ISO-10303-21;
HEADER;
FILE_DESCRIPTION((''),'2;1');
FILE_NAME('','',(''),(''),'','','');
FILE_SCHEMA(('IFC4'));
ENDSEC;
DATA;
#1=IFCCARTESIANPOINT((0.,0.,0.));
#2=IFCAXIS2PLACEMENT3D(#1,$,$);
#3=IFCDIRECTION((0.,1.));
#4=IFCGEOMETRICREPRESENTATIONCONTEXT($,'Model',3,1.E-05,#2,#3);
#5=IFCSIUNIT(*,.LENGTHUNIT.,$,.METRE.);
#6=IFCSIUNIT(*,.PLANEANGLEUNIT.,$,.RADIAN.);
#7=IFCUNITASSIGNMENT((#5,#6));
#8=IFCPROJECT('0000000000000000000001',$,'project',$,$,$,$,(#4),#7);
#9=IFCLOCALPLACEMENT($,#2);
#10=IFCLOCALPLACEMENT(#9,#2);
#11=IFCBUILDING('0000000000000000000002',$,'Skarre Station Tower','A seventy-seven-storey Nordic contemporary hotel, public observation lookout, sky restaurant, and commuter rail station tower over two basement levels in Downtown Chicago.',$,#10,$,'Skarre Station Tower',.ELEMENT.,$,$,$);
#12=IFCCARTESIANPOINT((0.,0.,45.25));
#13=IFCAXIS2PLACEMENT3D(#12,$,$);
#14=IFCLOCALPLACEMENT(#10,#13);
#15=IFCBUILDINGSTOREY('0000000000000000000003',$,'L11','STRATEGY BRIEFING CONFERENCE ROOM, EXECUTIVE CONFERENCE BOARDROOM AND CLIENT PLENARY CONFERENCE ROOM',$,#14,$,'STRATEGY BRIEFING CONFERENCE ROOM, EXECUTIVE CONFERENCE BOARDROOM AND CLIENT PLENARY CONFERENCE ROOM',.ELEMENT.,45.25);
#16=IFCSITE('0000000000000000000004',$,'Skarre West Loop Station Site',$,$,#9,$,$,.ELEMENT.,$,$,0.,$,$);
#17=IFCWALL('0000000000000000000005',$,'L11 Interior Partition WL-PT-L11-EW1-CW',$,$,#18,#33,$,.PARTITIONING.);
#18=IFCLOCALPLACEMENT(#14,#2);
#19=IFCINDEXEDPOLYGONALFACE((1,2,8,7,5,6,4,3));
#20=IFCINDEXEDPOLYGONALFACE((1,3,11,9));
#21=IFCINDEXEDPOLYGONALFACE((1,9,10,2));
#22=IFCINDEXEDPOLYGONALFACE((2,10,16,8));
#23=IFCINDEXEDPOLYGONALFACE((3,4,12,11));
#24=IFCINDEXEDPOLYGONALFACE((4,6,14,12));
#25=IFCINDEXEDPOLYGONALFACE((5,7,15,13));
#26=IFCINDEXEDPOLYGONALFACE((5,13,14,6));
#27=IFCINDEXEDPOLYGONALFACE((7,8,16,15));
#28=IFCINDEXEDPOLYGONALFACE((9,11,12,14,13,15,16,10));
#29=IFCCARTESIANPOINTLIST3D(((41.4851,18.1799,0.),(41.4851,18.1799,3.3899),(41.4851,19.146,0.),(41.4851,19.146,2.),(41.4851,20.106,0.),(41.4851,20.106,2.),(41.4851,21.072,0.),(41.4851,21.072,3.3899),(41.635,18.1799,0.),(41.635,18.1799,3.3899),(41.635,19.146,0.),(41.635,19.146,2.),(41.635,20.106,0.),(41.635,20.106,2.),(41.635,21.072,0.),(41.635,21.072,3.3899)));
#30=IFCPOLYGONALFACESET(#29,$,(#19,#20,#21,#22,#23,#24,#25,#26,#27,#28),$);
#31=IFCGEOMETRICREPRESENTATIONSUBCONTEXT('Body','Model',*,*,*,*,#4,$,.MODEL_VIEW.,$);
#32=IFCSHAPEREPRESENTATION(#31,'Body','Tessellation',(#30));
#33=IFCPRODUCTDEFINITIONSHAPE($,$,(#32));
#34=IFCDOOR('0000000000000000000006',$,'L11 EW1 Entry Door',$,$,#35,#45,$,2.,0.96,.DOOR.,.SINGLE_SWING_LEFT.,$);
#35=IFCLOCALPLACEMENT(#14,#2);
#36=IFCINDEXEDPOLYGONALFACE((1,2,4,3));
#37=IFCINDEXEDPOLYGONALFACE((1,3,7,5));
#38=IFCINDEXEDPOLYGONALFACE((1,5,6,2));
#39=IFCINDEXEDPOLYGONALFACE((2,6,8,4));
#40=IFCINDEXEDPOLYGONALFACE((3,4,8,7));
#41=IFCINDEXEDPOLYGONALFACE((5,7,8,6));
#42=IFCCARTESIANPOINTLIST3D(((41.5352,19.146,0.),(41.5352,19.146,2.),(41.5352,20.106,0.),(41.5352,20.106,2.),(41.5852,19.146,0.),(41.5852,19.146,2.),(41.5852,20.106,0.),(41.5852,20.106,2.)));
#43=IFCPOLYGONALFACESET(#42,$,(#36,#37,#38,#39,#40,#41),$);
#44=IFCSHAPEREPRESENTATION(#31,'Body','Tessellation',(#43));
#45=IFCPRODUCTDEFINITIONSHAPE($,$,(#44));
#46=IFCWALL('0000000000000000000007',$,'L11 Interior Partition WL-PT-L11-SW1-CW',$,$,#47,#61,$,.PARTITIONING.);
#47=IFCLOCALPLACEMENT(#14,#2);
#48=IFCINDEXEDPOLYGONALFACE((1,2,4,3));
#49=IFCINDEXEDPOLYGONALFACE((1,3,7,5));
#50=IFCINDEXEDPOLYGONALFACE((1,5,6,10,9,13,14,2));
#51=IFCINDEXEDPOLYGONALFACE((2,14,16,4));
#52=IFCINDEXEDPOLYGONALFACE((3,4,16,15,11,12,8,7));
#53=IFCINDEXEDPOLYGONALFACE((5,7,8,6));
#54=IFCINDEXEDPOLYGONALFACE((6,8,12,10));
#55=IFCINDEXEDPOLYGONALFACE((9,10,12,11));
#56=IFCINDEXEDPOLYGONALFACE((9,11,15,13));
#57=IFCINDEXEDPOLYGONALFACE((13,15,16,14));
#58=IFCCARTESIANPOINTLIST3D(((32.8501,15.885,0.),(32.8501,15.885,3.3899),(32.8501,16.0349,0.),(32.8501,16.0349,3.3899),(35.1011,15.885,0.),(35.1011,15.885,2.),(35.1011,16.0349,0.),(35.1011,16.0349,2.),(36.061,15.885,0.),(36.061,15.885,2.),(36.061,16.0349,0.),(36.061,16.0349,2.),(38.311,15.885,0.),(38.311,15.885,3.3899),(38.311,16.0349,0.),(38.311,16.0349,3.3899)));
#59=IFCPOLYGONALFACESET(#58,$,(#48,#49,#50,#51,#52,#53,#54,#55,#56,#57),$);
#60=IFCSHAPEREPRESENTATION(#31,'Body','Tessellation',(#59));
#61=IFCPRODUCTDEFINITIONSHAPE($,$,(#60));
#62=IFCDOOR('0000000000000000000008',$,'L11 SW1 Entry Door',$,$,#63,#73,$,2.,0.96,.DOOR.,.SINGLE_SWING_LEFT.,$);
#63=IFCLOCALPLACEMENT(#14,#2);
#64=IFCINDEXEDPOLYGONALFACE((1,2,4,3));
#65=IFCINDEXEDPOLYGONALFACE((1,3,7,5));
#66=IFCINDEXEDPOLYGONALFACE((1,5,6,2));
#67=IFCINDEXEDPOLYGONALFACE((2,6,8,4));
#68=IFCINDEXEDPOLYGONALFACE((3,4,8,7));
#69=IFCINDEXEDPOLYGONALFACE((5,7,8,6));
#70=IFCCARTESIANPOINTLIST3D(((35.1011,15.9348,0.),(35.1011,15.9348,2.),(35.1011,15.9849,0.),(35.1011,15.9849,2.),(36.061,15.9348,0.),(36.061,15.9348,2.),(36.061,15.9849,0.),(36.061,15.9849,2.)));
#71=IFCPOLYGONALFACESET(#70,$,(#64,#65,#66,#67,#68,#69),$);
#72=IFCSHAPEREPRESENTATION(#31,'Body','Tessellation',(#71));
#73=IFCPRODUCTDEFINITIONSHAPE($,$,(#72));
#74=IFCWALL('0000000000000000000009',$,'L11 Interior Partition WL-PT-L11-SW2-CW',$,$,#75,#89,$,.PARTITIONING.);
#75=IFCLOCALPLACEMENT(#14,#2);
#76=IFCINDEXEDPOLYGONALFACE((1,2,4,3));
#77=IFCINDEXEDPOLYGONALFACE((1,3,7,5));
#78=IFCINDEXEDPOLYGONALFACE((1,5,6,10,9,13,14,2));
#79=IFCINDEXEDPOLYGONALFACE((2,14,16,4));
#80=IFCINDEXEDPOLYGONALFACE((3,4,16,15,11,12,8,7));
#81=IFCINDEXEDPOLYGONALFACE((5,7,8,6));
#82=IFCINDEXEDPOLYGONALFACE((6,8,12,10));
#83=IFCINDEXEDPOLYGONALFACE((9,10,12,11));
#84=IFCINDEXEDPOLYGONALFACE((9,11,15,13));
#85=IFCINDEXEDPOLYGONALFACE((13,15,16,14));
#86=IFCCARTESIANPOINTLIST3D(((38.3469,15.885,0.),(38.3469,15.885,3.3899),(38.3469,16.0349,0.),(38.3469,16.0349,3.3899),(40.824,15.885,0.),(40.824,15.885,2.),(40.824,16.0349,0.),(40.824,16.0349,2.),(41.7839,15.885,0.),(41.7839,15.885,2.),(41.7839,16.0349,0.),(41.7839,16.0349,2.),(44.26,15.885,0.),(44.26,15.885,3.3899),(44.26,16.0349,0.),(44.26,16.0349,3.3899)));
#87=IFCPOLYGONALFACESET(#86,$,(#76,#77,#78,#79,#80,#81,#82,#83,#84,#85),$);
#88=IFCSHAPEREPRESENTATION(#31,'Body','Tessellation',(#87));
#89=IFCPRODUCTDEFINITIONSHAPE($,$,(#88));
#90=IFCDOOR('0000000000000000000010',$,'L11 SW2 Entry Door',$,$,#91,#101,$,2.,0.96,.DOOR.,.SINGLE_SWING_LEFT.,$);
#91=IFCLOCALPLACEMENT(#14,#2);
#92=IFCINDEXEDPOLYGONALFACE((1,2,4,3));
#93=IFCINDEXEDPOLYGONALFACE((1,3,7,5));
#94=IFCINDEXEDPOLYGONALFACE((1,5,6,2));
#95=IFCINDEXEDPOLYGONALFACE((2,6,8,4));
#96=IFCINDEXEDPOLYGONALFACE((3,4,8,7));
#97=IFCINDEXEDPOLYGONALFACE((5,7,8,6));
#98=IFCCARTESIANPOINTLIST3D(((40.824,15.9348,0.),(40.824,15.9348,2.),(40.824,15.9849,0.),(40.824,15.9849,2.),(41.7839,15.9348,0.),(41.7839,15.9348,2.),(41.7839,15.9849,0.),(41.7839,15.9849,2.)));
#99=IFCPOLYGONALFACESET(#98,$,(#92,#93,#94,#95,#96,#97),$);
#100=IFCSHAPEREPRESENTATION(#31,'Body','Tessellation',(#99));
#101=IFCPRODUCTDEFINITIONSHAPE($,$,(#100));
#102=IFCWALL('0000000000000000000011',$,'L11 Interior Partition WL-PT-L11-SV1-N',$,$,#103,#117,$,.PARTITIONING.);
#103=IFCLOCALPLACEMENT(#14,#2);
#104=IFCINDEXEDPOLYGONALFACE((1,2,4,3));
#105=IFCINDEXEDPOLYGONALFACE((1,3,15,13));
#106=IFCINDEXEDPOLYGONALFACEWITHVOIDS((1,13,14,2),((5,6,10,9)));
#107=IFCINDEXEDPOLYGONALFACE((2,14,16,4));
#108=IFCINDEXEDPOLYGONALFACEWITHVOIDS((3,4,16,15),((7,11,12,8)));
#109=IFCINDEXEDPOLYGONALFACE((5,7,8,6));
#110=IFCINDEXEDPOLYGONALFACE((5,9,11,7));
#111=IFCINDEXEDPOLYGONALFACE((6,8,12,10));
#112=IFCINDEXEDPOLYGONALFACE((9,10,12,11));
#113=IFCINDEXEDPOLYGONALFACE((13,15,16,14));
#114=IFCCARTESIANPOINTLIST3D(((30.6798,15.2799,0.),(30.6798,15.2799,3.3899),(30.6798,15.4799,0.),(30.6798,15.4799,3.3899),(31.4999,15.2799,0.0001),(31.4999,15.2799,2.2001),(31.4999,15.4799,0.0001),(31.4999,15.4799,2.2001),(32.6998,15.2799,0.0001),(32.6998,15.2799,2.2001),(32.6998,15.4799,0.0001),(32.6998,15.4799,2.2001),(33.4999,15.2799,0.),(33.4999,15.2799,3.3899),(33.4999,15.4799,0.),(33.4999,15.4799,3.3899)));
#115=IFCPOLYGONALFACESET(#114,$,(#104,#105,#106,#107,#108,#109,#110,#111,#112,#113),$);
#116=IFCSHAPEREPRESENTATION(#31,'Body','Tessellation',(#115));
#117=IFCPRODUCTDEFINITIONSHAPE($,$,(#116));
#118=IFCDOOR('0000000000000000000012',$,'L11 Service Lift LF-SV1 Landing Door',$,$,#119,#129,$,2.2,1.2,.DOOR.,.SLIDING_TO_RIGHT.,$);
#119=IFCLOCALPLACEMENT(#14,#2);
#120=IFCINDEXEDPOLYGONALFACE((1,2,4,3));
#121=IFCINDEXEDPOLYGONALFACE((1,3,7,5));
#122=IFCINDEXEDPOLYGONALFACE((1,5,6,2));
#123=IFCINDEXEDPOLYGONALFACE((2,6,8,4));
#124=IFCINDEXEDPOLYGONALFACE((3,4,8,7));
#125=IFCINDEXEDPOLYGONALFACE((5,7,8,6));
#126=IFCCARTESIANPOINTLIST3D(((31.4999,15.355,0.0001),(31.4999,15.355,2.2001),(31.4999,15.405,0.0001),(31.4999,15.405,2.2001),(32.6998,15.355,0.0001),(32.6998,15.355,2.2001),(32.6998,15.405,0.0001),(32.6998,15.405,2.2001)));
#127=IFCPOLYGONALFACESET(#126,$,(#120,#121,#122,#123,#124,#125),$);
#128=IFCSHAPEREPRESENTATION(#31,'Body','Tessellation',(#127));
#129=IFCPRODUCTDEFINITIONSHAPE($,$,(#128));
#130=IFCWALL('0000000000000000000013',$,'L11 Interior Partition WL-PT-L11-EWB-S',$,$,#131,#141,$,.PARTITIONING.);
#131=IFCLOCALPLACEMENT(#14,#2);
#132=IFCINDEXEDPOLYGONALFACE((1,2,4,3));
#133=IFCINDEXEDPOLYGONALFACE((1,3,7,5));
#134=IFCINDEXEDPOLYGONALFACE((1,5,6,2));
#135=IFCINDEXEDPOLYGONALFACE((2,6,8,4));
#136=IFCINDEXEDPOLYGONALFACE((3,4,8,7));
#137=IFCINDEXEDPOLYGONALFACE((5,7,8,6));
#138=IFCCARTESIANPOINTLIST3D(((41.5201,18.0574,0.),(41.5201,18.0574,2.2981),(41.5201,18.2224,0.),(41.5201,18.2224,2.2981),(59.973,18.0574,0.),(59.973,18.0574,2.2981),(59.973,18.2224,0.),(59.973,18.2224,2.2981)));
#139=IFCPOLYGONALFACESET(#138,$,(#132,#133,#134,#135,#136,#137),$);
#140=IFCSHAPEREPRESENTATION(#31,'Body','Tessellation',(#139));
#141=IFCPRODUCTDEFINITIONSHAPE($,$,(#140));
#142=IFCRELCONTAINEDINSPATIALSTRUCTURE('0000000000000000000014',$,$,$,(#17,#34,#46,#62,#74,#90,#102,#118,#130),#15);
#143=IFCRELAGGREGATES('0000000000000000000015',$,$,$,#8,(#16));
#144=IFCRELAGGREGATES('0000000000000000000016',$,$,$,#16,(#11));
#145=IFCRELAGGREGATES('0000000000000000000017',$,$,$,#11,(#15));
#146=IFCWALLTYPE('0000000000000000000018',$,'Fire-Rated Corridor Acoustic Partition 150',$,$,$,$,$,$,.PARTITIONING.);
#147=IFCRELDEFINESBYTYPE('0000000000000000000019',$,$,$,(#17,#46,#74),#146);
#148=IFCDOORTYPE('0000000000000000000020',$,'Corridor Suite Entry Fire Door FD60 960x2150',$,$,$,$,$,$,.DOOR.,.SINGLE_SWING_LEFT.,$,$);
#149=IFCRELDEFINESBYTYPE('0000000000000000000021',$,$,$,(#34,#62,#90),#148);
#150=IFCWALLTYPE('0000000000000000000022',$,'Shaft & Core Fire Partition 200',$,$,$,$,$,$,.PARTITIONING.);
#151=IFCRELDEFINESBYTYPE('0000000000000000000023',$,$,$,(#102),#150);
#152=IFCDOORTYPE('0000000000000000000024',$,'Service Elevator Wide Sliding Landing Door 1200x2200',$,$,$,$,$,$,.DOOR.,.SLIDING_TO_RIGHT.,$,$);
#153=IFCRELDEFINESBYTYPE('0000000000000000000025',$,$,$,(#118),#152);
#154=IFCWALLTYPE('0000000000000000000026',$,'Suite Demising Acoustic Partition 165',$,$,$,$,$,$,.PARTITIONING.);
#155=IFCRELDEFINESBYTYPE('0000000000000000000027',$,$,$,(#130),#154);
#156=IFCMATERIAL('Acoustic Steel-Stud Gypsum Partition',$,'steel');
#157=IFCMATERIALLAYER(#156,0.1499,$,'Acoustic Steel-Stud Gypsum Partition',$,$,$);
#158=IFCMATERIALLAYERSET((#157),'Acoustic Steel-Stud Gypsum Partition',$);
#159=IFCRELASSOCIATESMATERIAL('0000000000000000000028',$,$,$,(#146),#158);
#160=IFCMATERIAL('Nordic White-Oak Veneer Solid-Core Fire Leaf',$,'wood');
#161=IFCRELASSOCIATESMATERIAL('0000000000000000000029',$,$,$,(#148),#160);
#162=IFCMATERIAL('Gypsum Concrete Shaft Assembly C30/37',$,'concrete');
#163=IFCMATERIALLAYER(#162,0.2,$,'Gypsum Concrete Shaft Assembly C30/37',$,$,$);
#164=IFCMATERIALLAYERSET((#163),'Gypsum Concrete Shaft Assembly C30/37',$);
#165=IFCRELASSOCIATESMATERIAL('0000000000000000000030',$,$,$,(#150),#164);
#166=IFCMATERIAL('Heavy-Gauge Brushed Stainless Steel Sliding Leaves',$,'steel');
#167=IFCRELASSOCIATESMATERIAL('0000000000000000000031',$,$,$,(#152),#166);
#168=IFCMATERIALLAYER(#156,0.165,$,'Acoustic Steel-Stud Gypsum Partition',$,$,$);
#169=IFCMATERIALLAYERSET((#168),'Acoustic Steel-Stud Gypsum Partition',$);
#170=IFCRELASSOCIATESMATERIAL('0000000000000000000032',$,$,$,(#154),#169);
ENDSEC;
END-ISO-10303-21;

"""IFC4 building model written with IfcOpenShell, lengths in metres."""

from ifc_helpers import new_model, si_unit, direction, frame, frame_2d, origin, place, context, subcontext, project, spatial, rectangle, extrude, material, layer, layer_set, type_object, element, fill, save


model = new_model("IFC4")

# Units and contexts
model_context = context("Model", 3, precision=1e-05, world=origin(), true_north=direction((0.0, 1.0)))
body_context = subcontext(model_context, "Body", "Model", "MODEL_VIEW")
ifc_project = project(units=[si_unit("LENGTHUNIT", "METRE"), si_unit("PLANEANGLEUNIT", "RADIAN")], contexts=[model_context])

# Site, building, storey
site_placement = place(None, origin())
site = spatial("IfcSite", under=ifc_project, at=site_placement, Name="Skarre West Loop Station Site", CompositionType="ELEMENT", RefElevation=0.0)
building_placement = place(site_placement, origin())
building = spatial("IfcBuilding", under=site, at=building_placement, Name="Skarre Station Tower", Description="A seventy-seven-storey Nordic contemporary hotel, public observation lookout, sky restaurant, and commuter rail station tower over two basement levels in Downtown Chicago.", LongName="Skarre Station Tower", CompositionType="ELEMENT")
storey_placement = place(building_placement, frame((0.0, 0.0, 45.25)))
storey = spatial("IfcBuildingStorey", under=building, at=storey_placement, Name="L11", Description="STRATEGY BRIEFING CONFERENCE ROOM, EXECUTIVE CONFERENCE BOARDROOM AND CLIENT PLENARY CONFERENCE ROOM", LongName="STRATEGY BRIEFING CONFERENCE ROOM, EXECUTIVE CONFERENCE BOARDROOM AND CLIENT PLENARY CONFERENCE ROOM", CompositionType="ELEMENT", Elevation=45.25)

# Shared definitions
ifc_material_1 = material(Name="Acoustic Steel-Stud Gypsum Partition", Category="steel")
ifc_layer_1 = layer(ifc_material_1, 0.1499, Name="Acoustic Steel-Stud Gypsum Partition")
ifc_layer_set_1 = layer_set([ifc_layer_1], Name="Acoustic Steel-Stud Gypsum Partition")
wall_type_1 = type_object("IfcWallType", Name="Fire-Rated Corridor Acoustic Partition 150", PredefinedType="PARTITIONING", material=ifc_layer_set_1)

# Walls, openings, doors
wall_1_placement = place(storey_placement, frame((41.5601, 18.1799, 0.0), z_axis=(0.0, 0.0, 1.0), x_axis=(0.0, 1.0, 0.0)))
wall_1 = element("IfcWall", 1, at=wall_1_placement, inside=storey, type_object=wall_type_1, Name="L11 Interior Partition WL-PT-L11-EW1-CW", PredefinedType="PARTITIONING", context=body_context, shape_type="SweptSolid", body=[
    extrude(rectangle(XDim=2.8921, YDim=0.1499, at=frame_2d((1.446, 0.0))), origin(), (0.0, 0.0, 1.0), 3.3899),
])
opening_1_placement = place(wall_1_placement, frame((0.9661, 0.0, 0.0)))
opening_1 = element("IfcOpeningElement", 2, at=opening_1_placement, cuts=wall_1, PredefinedType="OPENING", context=body_context, shape_type="SweptSolid", body=[
    extrude(rectangle(XDim=0.96, YDim=2.0, at=frame_2d((0.48, 1.0))), frame((0.0, 0.085, 0.0), z_axis=(0.0, -1.0, 0.0), x_axis=(1.0, 0.0, 0.0)), (0.0, 0.0, 1.0), 0.1699),
])
ifc_material_2 = material(Name="Nordic White-Oak Veneer Solid-Core Fire Leaf", Category="wood")
door_type_1 = type_object("IfcDoorType", Name="Corridor Suite Entry Fire Door FD60 960x2150", OperationType="SINGLE_SWING_LEFT", PredefinedType="DOOR", material=ifc_material_2)
door_1_placement = place(opening_1_placement, origin())
door_1 = element("IfcDoor", 3, at=door_1_placement, inside=storey, type_object=door_type_1, Name="L11 EW1 Entry Door", OperationType="SINGLE_SWING_LEFT", OverallHeight=2.0, OverallWidth=0.96, PredefinedType="DOOR", context=body_context, shape_type="SweptSolid", body=[
    extrude(rectangle(XDim=0.96, YDim=2.0, at=frame_2d((0.48, 1.0))), frame((0.0, 0.0249, 0.0), z_axis=(0.0, -1.0, 0.0), x_axis=(1.0, 0.0, 0.0)), (0.0, 0.0, 1.0), 0.05),
])
fill(opening_1, door_1)
wall_2_placement = place(storey_placement, frame((32.8501, 15.96, 0.0), z_axis=(0.0, 0.0, 1.0), x_axis=(1.0, 0.0, 0.0)))
wall_2 = element("IfcWall", 4, at=wall_2_placement, inside=storey, type_object=wall_type_1, Name="L11 Interior Partition WL-PT-L11-SW1-CW", PredefinedType="PARTITIONING", context=body_context, shape_type="SweptSolid", body=[
    extrude(rectangle(XDim=5.4609, YDim=0.1499, at=frame_2d((2.7305, 0.0))), origin(), (0.0, 0.0, 1.0), 3.3899),
])
opening_2_placement = place(wall_2_placement, frame((2.251, 0.0, 0.0)))
opening_2 = element("IfcOpeningElement", 5, at=opening_2_placement, cuts=wall_2, PredefinedType="OPENING", context=body_context, shape_type="SweptSolid", body=[
    extrude(rectangle(XDim=0.96, YDim=2.0, at=frame_2d((0.48, 1.0))), frame((0.0, 0.085, 0.0), z_axis=(0.0, -1.0, 0.0), x_axis=(1.0, 0.0, 0.0)), (0.0, 0.0, 1.0), 0.1699),
])
door_2_placement = place(opening_2_placement, origin())
door_2 = element("IfcDoor", 6, at=door_2_placement, inside=storey, type_object=door_type_1, Name="L11 SW1 Entry Door", OperationType="SINGLE_SWING_LEFT", OverallHeight=2.0, OverallWidth=0.96, PredefinedType="DOOR", context=body_context, shape_type="SweptSolid", body=[
    extrude(rectangle(XDim=0.96, YDim=2.0, at=frame_2d((0.48, 1.0))), frame((0.0, 0.0249, 0.0), z_axis=(0.0, -1.0, 0.0), x_axis=(1.0, 0.0, 0.0)), (0.0, 0.0, 1.0), 0.05),
])
fill(opening_2, door_2)
wall_3_placement = place(storey_placement, frame((38.3469, 15.96, 0.0), z_axis=(0.0, 0.0, 1.0), x_axis=(1.0, 0.0, 0.0)))
wall_3 = element("IfcWall", 7, at=wall_3_placement, inside=storey, type_object=wall_type_1, Name="L11 Interior Partition WL-PT-L11-SW2-CW", PredefinedType="PARTITIONING", context=body_context, shape_type="SweptSolid", body=[
    extrude(rectangle(XDim=5.9131, YDim=0.1499, at=frame_2d((2.9565, 0.0))), origin(), (0.0, 0.0, 1.0), 3.3899),
])
opening_3_placement = place(wall_3_placement, frame((2.4771, 0.0, 0.0)))
opening_3 = element("IfcOpeningElement", 8, at=opening_3_placement, cuts=wall_3, PredefinedType="OPENING", context=body_context, shape_type="SweptSolid", body=[
    extrude(rectangle(XDim=0.96, YDim=2.0, at=frame_2d((0.48, 1.0))), frame((0.0, 0.085, 0.0), z_axis=(0.0, -1.0, 0.0), x_axis=(1.0, 0.0, 0.0)), (0.0, 0.0, 1.0), 0.1699),
])
door_3_placement = place(opening_3_placement, origin())
door_3 = element("IfcDoor", 9, at=door_3_placement, inside=storey, type_object=door_type_1, Name="L11 SW2 Entry Door", OperationType="SINGLE_SWING_LEFT", OverallHeight=2.0, OverallWidth=0.96, PredefinedType="DOOR", context=body_context, shape_type="SweptSolid", body=[
    extrude(rectangle(XDim=0.96, YDim=2.0, at=frame_2d((0.48, 1.0))), frame((0.0, 0.0249, 0.0), z_axis=(0.0, -1.0, 0.0), x_axis=(1.0, 0.0, 0.0)), (0.0, 0.0, 1.0), 0.05),
])
fill(opening_3, door_3)
ifc_material_3 = material(Name="Gypsum Concrete Shaft Assembly C30/37", Category="concrete")
ifc_layer_2 = layer(ifc_material_3, 0.2, Name="Gypsum Concrete Shaft Assembly C30/37")
ifc_layer_set_2 = layer_set([ifc_layer_2], Name="Gypsum Concrete Shaft Assembly C30/37")
wall_type_2 = type_object("IfcWallType", Name="Shaft & Core Fire Partition 200", PredefinedType="PARTITIONING", material=ifc_layer_set_2)
wall_4_placement = place(storey_placement, frame((33.5, 15.3799, 0.0), z_axis=(0.0, 0.0, 1.0), x_axis=(-1.0, 0.0, 0.0)))
wall_4 = element("IfcWall", 10, at=wall_4_placement, inside=storey, type_object=wall_type_2, Name="L11 Interior Partition WL-PT-L11-SV1-N", PredefinedType="PARTITIONING", context=body_context, shape_type="SweptSolid", body=[
    extrude(rectangle(XDim=2.8201, YDim=0.2, at=frame_2d((1.4102, 0.0))), origin(), (0.0, 0.0, 1.0), 3.3899),
])
opening_4_placement = place(wall_4_placement, frame((0.8, 0.0, 0.0)))
opening_4 = element("IfcOpeningElement", 11, at=opening_4_placement, cuts=wall_4, PredefinedType="OPENING", context=body_context, shape_type="SweptSolid", body=[
    extrude(rectangle(XDim=1.2, YDim=2.2, at=frame_2d((0.6001, 1.1001))), frame((0.0, 0.1099, 0.0), z_axis=(0.0, -1.0, 0.0), x_axis=(1.0, 0.0, 0.0)), (0.0, 0.0, 1.0), 0.22),
])
ifc_material_4 = material(Name="Heavy-Gauge Brushed Stainless Steel Sliding Leaves", Category="steel")
door_type_2 = type_object("IfcDoorType", Name="Service Elevator Wide Sliding Landing Door 1200x2200", OperationType="SLIDING_TO_RIGHT", PredefinedType="DOOR", material=ifc_material_4)
door_4_placement = place(opening_4_placement, origin())
door_4 = element("IfcDoor", 12, at=door_4_placement, inside=storey, type_object=door_type_2, Name="L11 Service Lift LF-SV1 Landing Door", OperationType="SLIDING_TO_RIGHT", OverallHeight=2.2, OverallWidth=1.2, PredefinedType="DOOR", context=body_context, shape_type="SweptSolid", body=[
    extrude(rectangle(XDim=1.2, YDim=2.2, at=frame_2d((0.6001, 1.1001))), frame((0.0, 0.0249, 0.0), z_axis=(0.0, -1.0, 0.0), x_axis=(1.0, 0.0, 0.0)), (0.0, 0.0, 1.0), 0.05),
])
fill(opening_4, door_4)

# Wall
ifc_layer_3 = layer(ifc_material_1, 0.165, Name="Acoustic Steel-Stud Gypsum Partition")
ifc_layer_set_3 = layer_set([ifc_layer_3], Name="Acoustic Steel-Stud Gypsum Partition")
wall_type_3 = type_object("IfcWallType", Name="Suite Demising Acoustic Partition 165", PredefinedType="PARTITIONING", material=ifc_layer_set_3)
wall_5_placement = place(storey_placement, frame((41.52, 18.1399, 0.0), z_axis=(0.0, 0.0, 1.0), x_axis=(1.0, 0.0, 0.0)))
element("IfcWall", 13, at=wall_5_placement, inside=storey, type_object=wall_type_3, Name="L11 Interior Partition WL-PT-L11-EWB-S", PredefinedType="PARTITIONING", context=body_context, shape_type="SweptSolid", body=[
    extrude(rectangle(XDim=18.4529, YDim=0.165, at=frame_2d((9.2266, 0.0))), origin(), (0.0, 0.0, 1.0), 2.2981),
])

save(model, "model.ifc")
